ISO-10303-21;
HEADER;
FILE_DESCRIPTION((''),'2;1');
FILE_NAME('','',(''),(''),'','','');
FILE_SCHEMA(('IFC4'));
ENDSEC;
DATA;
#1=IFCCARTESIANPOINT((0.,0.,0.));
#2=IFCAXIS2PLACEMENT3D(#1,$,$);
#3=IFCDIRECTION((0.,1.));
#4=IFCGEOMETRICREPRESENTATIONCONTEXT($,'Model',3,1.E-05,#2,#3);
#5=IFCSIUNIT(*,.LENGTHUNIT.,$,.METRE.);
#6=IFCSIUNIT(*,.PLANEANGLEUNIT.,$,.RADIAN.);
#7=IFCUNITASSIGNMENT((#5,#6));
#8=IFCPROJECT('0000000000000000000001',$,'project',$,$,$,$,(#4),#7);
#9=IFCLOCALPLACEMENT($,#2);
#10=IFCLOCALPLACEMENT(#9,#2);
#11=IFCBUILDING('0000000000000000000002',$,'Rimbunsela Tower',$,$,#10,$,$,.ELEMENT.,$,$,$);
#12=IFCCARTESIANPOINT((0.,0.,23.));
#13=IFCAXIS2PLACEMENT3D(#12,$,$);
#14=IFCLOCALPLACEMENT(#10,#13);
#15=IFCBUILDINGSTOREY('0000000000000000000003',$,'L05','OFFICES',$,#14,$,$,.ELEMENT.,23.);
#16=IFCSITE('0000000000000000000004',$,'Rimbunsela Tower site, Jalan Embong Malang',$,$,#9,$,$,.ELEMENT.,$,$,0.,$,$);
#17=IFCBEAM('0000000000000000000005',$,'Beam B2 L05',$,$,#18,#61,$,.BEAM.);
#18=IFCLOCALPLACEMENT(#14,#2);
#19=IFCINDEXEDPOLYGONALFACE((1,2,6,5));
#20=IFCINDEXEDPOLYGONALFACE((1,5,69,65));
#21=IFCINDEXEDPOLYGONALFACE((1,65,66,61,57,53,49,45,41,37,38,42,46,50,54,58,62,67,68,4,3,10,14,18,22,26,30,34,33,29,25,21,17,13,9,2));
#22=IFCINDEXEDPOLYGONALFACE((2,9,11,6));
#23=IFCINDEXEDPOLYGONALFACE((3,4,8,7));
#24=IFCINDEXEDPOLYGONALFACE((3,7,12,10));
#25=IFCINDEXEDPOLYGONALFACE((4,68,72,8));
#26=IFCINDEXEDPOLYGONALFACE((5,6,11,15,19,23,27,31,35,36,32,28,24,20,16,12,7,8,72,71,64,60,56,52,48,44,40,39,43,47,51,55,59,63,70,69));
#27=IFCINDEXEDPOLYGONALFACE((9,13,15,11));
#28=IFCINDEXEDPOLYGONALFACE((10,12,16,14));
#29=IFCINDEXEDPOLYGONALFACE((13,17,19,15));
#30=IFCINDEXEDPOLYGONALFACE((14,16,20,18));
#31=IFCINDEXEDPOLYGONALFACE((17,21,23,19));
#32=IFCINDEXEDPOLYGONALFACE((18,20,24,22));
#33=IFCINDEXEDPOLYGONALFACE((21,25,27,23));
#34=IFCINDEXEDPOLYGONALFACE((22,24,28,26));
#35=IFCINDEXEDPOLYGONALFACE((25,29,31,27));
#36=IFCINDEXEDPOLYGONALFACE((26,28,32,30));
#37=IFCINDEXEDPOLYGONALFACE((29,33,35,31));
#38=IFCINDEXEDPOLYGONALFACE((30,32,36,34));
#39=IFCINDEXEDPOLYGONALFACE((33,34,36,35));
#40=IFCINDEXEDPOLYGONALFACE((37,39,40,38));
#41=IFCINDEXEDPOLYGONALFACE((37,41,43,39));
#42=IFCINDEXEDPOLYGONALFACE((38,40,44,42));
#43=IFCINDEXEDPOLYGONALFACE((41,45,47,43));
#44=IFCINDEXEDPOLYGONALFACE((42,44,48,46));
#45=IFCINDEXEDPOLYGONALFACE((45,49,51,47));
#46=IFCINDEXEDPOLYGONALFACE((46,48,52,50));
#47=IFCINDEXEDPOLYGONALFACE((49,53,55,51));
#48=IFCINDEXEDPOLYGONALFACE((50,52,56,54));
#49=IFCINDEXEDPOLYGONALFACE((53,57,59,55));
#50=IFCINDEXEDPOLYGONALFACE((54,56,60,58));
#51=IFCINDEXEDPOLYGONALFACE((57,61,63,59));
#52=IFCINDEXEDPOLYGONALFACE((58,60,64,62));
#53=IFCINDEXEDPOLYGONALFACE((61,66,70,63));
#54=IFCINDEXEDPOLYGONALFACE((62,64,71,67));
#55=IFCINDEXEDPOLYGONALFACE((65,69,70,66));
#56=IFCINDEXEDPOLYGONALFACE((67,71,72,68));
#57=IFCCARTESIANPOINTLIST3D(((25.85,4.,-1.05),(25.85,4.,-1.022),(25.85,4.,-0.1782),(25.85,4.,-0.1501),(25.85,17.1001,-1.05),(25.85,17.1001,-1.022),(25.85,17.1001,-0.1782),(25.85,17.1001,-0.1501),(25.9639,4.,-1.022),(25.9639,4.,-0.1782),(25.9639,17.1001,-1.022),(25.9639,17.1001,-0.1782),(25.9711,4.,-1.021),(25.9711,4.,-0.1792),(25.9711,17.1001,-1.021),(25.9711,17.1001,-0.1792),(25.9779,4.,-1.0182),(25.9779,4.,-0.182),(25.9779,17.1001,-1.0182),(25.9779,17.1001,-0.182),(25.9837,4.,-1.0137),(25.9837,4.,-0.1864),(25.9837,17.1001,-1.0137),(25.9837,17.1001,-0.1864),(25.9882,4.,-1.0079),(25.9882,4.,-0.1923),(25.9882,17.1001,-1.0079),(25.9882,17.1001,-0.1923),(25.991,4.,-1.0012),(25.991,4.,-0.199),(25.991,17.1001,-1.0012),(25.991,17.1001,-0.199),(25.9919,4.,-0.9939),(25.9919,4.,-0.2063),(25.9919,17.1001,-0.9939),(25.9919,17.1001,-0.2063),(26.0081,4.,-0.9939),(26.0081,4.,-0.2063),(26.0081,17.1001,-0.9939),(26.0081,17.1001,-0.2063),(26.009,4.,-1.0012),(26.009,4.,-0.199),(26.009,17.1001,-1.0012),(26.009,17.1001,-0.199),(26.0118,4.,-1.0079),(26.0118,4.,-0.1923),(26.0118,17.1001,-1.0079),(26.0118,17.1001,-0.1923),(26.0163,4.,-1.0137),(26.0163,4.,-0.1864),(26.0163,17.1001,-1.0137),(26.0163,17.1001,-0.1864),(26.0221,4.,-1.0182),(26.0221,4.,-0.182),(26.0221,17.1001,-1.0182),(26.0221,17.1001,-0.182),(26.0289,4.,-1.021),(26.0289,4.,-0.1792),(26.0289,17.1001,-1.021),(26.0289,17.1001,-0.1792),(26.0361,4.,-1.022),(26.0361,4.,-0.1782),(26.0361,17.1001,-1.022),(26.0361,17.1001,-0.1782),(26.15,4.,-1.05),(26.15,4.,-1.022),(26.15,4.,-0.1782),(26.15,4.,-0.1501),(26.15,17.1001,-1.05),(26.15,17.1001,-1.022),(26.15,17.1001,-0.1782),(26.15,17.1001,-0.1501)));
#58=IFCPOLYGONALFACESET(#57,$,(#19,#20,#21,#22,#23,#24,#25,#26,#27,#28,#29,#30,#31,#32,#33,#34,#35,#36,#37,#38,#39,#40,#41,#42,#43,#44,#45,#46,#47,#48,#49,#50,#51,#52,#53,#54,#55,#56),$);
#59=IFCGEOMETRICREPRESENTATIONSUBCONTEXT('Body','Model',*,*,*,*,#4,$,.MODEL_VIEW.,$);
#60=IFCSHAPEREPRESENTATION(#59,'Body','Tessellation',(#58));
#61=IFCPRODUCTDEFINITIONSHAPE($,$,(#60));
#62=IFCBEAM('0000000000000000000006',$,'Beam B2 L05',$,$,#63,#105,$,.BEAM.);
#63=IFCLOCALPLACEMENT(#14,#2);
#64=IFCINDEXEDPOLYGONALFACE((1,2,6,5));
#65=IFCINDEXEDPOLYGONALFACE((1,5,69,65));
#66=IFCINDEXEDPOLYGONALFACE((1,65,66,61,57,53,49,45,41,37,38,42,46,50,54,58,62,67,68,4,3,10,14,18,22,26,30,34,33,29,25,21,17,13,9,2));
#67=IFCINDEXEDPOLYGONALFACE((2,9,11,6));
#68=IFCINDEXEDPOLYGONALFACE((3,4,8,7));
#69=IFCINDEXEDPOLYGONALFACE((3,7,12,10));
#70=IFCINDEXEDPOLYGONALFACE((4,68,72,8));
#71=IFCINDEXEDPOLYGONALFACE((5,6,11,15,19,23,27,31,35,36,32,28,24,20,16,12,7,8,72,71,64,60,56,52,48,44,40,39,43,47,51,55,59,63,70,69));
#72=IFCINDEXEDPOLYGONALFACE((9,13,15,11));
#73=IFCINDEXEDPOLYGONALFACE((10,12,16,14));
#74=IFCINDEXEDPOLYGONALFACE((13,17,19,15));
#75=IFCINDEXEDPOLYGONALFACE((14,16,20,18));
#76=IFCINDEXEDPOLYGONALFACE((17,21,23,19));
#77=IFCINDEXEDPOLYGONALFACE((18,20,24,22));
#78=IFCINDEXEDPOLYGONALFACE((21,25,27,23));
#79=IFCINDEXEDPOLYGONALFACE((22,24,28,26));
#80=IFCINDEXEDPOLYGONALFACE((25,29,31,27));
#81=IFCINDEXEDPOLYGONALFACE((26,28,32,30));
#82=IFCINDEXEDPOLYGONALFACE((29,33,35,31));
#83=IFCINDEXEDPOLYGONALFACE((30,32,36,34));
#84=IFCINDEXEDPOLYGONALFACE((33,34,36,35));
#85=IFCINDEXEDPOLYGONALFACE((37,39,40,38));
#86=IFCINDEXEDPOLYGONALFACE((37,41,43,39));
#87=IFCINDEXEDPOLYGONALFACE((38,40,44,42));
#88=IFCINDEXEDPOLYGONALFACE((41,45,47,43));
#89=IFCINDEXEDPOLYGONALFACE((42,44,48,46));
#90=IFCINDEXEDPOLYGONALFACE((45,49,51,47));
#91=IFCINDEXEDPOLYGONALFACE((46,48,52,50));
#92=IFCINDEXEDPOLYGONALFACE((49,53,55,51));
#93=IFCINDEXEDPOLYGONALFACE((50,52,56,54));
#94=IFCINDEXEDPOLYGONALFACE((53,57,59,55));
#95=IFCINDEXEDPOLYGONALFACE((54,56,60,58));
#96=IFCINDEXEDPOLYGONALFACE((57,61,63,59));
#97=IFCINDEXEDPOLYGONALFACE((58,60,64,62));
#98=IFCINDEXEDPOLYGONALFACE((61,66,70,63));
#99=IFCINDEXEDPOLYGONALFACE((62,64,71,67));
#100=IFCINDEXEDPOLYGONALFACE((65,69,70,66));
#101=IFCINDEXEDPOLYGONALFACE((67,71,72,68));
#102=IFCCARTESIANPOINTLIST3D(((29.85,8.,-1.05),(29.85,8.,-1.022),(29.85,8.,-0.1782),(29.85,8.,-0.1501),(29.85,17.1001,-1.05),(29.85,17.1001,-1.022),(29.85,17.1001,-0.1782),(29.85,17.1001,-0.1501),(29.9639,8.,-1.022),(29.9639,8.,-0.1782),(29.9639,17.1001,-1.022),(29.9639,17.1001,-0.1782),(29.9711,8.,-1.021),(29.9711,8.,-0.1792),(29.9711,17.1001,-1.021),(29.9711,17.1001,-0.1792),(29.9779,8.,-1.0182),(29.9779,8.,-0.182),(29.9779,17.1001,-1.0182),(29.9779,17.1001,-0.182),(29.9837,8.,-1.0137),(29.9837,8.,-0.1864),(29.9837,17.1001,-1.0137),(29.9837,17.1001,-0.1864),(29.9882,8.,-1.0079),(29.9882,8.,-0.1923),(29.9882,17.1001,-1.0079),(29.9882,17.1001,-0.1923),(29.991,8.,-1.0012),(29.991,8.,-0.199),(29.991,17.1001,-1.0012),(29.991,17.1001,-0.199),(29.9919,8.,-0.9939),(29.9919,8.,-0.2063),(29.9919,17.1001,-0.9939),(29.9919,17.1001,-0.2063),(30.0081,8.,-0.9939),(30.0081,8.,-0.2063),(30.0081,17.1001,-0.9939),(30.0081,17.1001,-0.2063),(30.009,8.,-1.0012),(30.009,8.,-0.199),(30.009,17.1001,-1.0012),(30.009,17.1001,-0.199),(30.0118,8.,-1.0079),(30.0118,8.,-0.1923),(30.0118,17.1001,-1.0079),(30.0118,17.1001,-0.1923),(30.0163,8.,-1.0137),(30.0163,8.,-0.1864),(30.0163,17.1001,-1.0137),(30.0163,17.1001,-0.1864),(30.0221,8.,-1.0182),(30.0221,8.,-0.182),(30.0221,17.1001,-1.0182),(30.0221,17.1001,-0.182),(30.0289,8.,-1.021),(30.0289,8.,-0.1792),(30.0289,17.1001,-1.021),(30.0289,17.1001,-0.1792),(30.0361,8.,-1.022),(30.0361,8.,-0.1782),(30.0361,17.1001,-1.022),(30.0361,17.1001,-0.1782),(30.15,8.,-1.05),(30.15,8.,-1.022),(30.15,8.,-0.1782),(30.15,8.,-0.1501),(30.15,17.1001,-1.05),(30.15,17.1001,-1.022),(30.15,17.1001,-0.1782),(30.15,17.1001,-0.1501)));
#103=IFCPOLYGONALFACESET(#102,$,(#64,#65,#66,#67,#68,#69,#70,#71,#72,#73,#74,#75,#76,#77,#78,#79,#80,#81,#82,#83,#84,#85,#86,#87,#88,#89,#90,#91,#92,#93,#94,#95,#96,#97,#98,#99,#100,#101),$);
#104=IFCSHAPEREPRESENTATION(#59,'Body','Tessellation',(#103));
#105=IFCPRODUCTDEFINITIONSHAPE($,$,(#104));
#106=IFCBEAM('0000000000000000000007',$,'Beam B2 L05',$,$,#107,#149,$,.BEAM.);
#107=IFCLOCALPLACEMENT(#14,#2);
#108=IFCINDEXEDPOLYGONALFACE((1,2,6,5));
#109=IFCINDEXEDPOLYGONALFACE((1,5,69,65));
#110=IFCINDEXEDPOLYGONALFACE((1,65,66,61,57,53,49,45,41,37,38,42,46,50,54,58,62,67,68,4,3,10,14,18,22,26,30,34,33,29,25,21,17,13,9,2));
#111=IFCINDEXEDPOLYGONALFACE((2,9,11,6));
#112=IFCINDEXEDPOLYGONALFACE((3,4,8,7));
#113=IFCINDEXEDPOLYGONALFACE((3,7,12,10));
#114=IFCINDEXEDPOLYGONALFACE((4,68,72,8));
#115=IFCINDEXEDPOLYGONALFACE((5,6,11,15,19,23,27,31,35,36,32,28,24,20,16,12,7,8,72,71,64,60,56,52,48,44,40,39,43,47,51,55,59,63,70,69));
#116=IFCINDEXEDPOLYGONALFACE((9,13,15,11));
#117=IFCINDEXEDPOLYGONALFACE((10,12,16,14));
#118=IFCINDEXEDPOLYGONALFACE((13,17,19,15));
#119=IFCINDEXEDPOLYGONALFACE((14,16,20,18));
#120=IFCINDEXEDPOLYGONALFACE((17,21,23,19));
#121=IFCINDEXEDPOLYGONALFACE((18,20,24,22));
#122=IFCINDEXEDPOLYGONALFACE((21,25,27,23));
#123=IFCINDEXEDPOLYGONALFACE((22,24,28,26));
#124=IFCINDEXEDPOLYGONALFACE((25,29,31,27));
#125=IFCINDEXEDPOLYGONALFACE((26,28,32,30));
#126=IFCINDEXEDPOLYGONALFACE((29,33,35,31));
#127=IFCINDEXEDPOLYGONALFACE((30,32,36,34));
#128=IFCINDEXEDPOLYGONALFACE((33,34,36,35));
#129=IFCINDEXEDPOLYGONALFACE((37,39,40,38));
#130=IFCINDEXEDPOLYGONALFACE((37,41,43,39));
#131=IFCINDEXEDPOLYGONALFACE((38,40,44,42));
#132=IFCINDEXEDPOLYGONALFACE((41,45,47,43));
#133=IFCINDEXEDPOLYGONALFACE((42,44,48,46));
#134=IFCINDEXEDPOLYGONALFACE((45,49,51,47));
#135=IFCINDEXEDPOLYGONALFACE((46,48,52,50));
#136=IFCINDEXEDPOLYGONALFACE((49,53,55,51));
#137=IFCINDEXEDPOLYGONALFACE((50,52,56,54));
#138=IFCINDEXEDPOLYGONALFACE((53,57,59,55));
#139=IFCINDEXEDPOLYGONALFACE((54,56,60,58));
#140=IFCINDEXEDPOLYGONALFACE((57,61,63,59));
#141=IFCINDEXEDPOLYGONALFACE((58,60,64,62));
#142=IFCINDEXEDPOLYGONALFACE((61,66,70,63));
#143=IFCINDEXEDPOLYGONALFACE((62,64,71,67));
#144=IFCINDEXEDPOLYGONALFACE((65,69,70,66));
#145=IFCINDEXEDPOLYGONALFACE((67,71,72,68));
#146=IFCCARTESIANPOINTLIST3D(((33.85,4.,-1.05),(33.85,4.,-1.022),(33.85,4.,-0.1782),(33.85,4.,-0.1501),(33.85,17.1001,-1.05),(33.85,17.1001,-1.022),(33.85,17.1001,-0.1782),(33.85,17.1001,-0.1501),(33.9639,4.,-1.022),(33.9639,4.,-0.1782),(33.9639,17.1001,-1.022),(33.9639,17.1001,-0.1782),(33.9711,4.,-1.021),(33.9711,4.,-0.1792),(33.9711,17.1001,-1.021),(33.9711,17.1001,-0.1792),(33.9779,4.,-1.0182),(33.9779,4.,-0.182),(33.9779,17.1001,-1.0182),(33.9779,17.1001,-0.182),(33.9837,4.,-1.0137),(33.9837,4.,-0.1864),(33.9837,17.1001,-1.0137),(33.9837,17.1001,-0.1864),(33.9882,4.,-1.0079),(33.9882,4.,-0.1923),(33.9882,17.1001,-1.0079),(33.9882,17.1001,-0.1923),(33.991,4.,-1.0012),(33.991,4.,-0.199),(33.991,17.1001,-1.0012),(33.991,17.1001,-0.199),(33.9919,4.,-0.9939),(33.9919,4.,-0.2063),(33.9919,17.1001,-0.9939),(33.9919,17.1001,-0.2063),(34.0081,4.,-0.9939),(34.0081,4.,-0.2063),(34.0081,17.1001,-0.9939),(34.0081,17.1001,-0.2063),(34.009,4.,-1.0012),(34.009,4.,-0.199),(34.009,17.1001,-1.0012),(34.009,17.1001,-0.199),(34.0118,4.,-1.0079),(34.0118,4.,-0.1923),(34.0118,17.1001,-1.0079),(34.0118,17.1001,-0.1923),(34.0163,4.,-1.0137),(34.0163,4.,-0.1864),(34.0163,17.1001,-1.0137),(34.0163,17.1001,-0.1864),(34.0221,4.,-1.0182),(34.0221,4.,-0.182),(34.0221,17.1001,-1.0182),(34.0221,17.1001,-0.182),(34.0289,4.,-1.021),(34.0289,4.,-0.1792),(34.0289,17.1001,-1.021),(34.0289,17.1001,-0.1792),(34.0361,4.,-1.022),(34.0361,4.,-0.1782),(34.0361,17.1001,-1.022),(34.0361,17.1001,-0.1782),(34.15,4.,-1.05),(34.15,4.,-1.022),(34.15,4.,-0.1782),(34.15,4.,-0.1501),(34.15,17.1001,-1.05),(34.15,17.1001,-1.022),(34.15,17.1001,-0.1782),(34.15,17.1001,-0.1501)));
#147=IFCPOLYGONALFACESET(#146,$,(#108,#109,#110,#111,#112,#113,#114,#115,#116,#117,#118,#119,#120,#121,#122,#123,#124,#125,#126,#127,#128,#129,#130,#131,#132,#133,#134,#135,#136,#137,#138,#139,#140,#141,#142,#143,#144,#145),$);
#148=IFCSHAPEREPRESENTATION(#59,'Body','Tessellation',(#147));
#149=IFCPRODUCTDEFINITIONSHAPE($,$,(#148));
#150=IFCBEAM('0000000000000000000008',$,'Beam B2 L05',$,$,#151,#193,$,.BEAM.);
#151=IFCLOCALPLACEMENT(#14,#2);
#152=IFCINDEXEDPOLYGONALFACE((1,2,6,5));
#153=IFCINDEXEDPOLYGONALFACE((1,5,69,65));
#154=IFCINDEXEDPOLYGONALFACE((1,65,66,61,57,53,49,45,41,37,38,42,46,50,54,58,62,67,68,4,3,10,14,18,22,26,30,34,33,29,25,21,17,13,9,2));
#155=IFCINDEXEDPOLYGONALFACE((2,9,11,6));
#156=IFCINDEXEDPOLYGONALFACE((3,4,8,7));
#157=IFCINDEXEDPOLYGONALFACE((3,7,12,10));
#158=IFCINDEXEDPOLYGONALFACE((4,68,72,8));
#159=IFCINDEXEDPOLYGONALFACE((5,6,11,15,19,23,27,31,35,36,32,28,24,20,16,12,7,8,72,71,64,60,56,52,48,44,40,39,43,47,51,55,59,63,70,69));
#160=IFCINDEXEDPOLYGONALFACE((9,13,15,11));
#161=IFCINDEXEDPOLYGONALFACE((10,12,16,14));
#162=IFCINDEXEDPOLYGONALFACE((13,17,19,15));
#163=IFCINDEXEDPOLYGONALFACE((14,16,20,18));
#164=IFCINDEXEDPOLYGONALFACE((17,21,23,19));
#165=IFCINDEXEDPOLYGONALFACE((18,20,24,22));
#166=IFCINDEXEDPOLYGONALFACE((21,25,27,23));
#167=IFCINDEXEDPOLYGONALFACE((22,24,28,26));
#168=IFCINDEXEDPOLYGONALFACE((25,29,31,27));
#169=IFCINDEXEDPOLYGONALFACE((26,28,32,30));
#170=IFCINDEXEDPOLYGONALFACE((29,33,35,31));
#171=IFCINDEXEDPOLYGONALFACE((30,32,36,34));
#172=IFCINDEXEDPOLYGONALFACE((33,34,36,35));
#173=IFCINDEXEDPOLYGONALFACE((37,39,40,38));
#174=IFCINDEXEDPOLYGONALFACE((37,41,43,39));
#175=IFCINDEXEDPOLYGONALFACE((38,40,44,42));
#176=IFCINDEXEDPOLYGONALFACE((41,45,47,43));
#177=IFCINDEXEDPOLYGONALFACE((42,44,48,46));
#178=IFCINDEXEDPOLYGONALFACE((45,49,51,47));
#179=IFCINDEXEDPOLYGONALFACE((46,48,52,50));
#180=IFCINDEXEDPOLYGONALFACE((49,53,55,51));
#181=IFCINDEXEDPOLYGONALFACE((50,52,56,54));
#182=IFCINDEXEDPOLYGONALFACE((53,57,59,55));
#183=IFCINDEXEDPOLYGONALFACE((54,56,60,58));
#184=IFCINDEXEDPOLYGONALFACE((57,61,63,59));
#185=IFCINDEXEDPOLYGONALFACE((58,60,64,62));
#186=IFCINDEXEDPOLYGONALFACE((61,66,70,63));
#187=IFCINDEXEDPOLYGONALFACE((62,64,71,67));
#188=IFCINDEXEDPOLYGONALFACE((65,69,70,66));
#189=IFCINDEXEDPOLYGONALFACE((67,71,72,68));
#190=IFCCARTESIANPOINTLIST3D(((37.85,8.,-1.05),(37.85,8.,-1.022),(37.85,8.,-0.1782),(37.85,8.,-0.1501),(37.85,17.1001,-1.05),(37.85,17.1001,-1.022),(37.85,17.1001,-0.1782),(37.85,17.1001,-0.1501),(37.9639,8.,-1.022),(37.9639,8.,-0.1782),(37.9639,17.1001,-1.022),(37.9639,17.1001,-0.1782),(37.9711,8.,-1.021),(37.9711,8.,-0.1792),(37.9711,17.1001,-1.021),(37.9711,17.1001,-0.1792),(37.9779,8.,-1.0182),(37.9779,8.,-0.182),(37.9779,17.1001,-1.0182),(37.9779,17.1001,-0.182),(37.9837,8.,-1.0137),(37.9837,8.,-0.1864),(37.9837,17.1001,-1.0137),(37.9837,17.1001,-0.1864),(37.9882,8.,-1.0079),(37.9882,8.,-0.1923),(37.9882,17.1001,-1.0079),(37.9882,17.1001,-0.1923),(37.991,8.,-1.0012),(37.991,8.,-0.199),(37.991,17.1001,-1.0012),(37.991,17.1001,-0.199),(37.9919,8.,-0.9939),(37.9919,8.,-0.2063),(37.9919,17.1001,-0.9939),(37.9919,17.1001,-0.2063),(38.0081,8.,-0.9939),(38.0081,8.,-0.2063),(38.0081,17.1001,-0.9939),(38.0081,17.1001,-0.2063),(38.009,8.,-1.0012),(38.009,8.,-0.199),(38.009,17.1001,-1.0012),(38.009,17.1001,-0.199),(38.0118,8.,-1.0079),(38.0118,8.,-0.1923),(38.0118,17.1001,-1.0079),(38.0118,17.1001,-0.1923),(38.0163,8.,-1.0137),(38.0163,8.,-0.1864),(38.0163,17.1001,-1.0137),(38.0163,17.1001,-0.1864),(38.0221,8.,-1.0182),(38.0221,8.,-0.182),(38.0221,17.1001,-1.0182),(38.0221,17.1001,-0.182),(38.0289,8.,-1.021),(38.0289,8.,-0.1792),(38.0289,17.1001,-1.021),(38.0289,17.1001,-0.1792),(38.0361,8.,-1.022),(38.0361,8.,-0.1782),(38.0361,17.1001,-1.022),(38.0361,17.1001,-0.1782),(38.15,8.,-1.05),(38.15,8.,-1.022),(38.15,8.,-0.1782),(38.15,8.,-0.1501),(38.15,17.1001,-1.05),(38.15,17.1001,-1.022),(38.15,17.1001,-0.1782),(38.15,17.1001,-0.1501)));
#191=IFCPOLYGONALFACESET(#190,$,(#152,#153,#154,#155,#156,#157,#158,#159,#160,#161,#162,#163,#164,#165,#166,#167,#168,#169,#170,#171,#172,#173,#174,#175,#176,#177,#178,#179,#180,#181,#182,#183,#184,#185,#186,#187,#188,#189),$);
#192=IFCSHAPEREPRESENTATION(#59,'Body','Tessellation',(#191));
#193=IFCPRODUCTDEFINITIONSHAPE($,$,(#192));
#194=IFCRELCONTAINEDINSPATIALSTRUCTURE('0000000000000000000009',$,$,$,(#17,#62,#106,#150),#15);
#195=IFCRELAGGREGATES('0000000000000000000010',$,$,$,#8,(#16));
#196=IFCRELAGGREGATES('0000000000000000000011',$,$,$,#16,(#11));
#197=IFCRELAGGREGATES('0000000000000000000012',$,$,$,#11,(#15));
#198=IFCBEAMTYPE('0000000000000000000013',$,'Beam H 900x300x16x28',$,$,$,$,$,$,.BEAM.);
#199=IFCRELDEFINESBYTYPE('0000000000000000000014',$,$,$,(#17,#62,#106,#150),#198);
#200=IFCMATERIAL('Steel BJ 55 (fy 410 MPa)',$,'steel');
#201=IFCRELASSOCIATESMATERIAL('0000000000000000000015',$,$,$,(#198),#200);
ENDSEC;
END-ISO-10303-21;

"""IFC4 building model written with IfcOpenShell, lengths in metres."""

from ifc_helpers import new_model, si_unit, direction, frame, origin, origin_2d, place, context, subcontext, project, spatial, i_section, extrude, material, material_profile, profile_set, type_object, element, save


model = new_model("IFC4")

# Units and contexts
model_context = context("Model", 3, precision=1e-05, world=origin(), true_north=direction((0.0, 1.0)))
body_context = subcontext(model_context, "Body", "Model", "MODEL_VIEW")
ifc_project = project(units=[si_unit("LENGTHUNIT", "METRE"), si_unit("PLANEANGLEUNIT", "RADIAN")], contexts=[model_context])

# Site, building, storey
site_placement = place(None, origin())
site = spatial("IfcSite", under=ifc_project, at=site_placement, Name="Rimbunsela Tower site, Jalan Embong Malang", CompositionType="ELEMENT", RefElevation=0.0)
building_placement = place(site_placement, origin())
building = spatial("IfcBuilding", under=site, at=building_placement, Name="Rimbunsela Tower", CompositionType="ELEMENT")
storey_placement = place(building_placement, frame((0.0, 0.0, 23.0)))
storey = spatial("IfcBuildingStorey", under=building, at=storey_placement, Name="L05", Description="OFFICES", CompositionType="ELEMENT", Elevation=23.0)

# Beams
ifc_material_1 = material(Name="Steel BJ 55 (fy 410 MPa)", Category="steel")
ifc_material_profile_1 = material_profile(ifc_material_1, i_section(OverallWidth=0.3, OverallDepth=0.8999, WebThickness=0.0161, FlangeThickness=0.0281, FilletRadius=0.0281, at=origin_2d()), Name="H 900x300x16x28")
ifc_profile_set_1 = profile_set([ifc_material_profile_1], Name="Steel BJ 55 (fy 410 MPa)")
beam_type_1 = type_object("IfcBeamType", Name="Beam H 900x300x16x28", PredefinedType="BEAM", material=ifc_profile_set_1)
beam_1_placement = place(storey_placement, frame((26.0, 4.0, -0.6001), z_axis=(0.0, 1.0, 0.0), x_axis=(-1.0, 0.0, 0.0)))
element("IfcBeam", 1, at=beam_1_placement, inside=storey, type_object=beam_type_1, Name="Beam B2 L05", PredefinedType="BEAM", context=body_context, shape_type="SweptSolid", body=[
    extrude(i_section(OverallWidth=0.3, OverallDepth=0.8999, WebThickness=0.0161, FlangeThickness=0.0281, FilletRadius=0.0281, at=origin_2d()), origin(), (0.0, 0.0, 1.0), 13.1001),
])
beam_2_placement = place(storey_placement, frame((30.0, 8.0, -0.6001), z_axis=(0.0, 1.0, 0.0), x_axis=(-1.0, 0.0, 0.0)))
element("IfcBeam", 2, at=beam_2_placement, inside=storey, type_object=beam_type_1, Name="Beam B2 L05", PredefinedType="BEAM", context=body_context, shape_type="SweptSolid", body=[
    extrude(i_section(OverallWidth=0.3, OverallDepth=0.8999, WebThickness=0.0161, FlangeThickness=0.0281, FilletRadius=0.0281, at=origin_2d()), origin(), (0.0, 0.0, 1.0), 9.1001),
])
beam_3_placement = place(storey_placement, frame((34.0, 4.0, -0.6001), z_axis=(0.0, 1.0, 0.0), x_axis=(-1.0, 0.0, 0.0)))
element("IfcBeam", 3, at=beam_3_placement, inside=storey, type_object=beam_type_1, Name="Beam B2 L05", PredefinedType="BEAM", context=body_context, shape_type="SweptSolid", body=[
    extrude(i_section(OverallWidth=0.3, OverallDepth=0.8999, WebThickness=0.0161, FlangeThickness=0.0281, FilletRadius=0.0281, at=origin_2d()), origin(), (0.0, 0.0, 1.0), 13.1001),
])
beam_4_placement = place(storey_placement, frame((38.0, 8.0, -0.6001), z_axis=(0.0, 1.0, 0.0), x_axis=(-1.0, 0.0, 0.0)))
element("IfcBeam", 4, at=beam_4_placement, inside=storey, type_object=beam_type_1, Name="Beam B2 L05", PredefinedType="BEAM", context=body_context, shape_type="SweptSolid", body=[
    extrude(i_section(OverallWidth=0.3, OverallDepth=0.8999, WebThickness=0.0161, FlangeThickness=0.0281, FilletRadius=0.0281, at=origin_2d()), origin(), (0.0, 0.0, 1.0), 9.1001),
])

save(model, "model.ifc")
